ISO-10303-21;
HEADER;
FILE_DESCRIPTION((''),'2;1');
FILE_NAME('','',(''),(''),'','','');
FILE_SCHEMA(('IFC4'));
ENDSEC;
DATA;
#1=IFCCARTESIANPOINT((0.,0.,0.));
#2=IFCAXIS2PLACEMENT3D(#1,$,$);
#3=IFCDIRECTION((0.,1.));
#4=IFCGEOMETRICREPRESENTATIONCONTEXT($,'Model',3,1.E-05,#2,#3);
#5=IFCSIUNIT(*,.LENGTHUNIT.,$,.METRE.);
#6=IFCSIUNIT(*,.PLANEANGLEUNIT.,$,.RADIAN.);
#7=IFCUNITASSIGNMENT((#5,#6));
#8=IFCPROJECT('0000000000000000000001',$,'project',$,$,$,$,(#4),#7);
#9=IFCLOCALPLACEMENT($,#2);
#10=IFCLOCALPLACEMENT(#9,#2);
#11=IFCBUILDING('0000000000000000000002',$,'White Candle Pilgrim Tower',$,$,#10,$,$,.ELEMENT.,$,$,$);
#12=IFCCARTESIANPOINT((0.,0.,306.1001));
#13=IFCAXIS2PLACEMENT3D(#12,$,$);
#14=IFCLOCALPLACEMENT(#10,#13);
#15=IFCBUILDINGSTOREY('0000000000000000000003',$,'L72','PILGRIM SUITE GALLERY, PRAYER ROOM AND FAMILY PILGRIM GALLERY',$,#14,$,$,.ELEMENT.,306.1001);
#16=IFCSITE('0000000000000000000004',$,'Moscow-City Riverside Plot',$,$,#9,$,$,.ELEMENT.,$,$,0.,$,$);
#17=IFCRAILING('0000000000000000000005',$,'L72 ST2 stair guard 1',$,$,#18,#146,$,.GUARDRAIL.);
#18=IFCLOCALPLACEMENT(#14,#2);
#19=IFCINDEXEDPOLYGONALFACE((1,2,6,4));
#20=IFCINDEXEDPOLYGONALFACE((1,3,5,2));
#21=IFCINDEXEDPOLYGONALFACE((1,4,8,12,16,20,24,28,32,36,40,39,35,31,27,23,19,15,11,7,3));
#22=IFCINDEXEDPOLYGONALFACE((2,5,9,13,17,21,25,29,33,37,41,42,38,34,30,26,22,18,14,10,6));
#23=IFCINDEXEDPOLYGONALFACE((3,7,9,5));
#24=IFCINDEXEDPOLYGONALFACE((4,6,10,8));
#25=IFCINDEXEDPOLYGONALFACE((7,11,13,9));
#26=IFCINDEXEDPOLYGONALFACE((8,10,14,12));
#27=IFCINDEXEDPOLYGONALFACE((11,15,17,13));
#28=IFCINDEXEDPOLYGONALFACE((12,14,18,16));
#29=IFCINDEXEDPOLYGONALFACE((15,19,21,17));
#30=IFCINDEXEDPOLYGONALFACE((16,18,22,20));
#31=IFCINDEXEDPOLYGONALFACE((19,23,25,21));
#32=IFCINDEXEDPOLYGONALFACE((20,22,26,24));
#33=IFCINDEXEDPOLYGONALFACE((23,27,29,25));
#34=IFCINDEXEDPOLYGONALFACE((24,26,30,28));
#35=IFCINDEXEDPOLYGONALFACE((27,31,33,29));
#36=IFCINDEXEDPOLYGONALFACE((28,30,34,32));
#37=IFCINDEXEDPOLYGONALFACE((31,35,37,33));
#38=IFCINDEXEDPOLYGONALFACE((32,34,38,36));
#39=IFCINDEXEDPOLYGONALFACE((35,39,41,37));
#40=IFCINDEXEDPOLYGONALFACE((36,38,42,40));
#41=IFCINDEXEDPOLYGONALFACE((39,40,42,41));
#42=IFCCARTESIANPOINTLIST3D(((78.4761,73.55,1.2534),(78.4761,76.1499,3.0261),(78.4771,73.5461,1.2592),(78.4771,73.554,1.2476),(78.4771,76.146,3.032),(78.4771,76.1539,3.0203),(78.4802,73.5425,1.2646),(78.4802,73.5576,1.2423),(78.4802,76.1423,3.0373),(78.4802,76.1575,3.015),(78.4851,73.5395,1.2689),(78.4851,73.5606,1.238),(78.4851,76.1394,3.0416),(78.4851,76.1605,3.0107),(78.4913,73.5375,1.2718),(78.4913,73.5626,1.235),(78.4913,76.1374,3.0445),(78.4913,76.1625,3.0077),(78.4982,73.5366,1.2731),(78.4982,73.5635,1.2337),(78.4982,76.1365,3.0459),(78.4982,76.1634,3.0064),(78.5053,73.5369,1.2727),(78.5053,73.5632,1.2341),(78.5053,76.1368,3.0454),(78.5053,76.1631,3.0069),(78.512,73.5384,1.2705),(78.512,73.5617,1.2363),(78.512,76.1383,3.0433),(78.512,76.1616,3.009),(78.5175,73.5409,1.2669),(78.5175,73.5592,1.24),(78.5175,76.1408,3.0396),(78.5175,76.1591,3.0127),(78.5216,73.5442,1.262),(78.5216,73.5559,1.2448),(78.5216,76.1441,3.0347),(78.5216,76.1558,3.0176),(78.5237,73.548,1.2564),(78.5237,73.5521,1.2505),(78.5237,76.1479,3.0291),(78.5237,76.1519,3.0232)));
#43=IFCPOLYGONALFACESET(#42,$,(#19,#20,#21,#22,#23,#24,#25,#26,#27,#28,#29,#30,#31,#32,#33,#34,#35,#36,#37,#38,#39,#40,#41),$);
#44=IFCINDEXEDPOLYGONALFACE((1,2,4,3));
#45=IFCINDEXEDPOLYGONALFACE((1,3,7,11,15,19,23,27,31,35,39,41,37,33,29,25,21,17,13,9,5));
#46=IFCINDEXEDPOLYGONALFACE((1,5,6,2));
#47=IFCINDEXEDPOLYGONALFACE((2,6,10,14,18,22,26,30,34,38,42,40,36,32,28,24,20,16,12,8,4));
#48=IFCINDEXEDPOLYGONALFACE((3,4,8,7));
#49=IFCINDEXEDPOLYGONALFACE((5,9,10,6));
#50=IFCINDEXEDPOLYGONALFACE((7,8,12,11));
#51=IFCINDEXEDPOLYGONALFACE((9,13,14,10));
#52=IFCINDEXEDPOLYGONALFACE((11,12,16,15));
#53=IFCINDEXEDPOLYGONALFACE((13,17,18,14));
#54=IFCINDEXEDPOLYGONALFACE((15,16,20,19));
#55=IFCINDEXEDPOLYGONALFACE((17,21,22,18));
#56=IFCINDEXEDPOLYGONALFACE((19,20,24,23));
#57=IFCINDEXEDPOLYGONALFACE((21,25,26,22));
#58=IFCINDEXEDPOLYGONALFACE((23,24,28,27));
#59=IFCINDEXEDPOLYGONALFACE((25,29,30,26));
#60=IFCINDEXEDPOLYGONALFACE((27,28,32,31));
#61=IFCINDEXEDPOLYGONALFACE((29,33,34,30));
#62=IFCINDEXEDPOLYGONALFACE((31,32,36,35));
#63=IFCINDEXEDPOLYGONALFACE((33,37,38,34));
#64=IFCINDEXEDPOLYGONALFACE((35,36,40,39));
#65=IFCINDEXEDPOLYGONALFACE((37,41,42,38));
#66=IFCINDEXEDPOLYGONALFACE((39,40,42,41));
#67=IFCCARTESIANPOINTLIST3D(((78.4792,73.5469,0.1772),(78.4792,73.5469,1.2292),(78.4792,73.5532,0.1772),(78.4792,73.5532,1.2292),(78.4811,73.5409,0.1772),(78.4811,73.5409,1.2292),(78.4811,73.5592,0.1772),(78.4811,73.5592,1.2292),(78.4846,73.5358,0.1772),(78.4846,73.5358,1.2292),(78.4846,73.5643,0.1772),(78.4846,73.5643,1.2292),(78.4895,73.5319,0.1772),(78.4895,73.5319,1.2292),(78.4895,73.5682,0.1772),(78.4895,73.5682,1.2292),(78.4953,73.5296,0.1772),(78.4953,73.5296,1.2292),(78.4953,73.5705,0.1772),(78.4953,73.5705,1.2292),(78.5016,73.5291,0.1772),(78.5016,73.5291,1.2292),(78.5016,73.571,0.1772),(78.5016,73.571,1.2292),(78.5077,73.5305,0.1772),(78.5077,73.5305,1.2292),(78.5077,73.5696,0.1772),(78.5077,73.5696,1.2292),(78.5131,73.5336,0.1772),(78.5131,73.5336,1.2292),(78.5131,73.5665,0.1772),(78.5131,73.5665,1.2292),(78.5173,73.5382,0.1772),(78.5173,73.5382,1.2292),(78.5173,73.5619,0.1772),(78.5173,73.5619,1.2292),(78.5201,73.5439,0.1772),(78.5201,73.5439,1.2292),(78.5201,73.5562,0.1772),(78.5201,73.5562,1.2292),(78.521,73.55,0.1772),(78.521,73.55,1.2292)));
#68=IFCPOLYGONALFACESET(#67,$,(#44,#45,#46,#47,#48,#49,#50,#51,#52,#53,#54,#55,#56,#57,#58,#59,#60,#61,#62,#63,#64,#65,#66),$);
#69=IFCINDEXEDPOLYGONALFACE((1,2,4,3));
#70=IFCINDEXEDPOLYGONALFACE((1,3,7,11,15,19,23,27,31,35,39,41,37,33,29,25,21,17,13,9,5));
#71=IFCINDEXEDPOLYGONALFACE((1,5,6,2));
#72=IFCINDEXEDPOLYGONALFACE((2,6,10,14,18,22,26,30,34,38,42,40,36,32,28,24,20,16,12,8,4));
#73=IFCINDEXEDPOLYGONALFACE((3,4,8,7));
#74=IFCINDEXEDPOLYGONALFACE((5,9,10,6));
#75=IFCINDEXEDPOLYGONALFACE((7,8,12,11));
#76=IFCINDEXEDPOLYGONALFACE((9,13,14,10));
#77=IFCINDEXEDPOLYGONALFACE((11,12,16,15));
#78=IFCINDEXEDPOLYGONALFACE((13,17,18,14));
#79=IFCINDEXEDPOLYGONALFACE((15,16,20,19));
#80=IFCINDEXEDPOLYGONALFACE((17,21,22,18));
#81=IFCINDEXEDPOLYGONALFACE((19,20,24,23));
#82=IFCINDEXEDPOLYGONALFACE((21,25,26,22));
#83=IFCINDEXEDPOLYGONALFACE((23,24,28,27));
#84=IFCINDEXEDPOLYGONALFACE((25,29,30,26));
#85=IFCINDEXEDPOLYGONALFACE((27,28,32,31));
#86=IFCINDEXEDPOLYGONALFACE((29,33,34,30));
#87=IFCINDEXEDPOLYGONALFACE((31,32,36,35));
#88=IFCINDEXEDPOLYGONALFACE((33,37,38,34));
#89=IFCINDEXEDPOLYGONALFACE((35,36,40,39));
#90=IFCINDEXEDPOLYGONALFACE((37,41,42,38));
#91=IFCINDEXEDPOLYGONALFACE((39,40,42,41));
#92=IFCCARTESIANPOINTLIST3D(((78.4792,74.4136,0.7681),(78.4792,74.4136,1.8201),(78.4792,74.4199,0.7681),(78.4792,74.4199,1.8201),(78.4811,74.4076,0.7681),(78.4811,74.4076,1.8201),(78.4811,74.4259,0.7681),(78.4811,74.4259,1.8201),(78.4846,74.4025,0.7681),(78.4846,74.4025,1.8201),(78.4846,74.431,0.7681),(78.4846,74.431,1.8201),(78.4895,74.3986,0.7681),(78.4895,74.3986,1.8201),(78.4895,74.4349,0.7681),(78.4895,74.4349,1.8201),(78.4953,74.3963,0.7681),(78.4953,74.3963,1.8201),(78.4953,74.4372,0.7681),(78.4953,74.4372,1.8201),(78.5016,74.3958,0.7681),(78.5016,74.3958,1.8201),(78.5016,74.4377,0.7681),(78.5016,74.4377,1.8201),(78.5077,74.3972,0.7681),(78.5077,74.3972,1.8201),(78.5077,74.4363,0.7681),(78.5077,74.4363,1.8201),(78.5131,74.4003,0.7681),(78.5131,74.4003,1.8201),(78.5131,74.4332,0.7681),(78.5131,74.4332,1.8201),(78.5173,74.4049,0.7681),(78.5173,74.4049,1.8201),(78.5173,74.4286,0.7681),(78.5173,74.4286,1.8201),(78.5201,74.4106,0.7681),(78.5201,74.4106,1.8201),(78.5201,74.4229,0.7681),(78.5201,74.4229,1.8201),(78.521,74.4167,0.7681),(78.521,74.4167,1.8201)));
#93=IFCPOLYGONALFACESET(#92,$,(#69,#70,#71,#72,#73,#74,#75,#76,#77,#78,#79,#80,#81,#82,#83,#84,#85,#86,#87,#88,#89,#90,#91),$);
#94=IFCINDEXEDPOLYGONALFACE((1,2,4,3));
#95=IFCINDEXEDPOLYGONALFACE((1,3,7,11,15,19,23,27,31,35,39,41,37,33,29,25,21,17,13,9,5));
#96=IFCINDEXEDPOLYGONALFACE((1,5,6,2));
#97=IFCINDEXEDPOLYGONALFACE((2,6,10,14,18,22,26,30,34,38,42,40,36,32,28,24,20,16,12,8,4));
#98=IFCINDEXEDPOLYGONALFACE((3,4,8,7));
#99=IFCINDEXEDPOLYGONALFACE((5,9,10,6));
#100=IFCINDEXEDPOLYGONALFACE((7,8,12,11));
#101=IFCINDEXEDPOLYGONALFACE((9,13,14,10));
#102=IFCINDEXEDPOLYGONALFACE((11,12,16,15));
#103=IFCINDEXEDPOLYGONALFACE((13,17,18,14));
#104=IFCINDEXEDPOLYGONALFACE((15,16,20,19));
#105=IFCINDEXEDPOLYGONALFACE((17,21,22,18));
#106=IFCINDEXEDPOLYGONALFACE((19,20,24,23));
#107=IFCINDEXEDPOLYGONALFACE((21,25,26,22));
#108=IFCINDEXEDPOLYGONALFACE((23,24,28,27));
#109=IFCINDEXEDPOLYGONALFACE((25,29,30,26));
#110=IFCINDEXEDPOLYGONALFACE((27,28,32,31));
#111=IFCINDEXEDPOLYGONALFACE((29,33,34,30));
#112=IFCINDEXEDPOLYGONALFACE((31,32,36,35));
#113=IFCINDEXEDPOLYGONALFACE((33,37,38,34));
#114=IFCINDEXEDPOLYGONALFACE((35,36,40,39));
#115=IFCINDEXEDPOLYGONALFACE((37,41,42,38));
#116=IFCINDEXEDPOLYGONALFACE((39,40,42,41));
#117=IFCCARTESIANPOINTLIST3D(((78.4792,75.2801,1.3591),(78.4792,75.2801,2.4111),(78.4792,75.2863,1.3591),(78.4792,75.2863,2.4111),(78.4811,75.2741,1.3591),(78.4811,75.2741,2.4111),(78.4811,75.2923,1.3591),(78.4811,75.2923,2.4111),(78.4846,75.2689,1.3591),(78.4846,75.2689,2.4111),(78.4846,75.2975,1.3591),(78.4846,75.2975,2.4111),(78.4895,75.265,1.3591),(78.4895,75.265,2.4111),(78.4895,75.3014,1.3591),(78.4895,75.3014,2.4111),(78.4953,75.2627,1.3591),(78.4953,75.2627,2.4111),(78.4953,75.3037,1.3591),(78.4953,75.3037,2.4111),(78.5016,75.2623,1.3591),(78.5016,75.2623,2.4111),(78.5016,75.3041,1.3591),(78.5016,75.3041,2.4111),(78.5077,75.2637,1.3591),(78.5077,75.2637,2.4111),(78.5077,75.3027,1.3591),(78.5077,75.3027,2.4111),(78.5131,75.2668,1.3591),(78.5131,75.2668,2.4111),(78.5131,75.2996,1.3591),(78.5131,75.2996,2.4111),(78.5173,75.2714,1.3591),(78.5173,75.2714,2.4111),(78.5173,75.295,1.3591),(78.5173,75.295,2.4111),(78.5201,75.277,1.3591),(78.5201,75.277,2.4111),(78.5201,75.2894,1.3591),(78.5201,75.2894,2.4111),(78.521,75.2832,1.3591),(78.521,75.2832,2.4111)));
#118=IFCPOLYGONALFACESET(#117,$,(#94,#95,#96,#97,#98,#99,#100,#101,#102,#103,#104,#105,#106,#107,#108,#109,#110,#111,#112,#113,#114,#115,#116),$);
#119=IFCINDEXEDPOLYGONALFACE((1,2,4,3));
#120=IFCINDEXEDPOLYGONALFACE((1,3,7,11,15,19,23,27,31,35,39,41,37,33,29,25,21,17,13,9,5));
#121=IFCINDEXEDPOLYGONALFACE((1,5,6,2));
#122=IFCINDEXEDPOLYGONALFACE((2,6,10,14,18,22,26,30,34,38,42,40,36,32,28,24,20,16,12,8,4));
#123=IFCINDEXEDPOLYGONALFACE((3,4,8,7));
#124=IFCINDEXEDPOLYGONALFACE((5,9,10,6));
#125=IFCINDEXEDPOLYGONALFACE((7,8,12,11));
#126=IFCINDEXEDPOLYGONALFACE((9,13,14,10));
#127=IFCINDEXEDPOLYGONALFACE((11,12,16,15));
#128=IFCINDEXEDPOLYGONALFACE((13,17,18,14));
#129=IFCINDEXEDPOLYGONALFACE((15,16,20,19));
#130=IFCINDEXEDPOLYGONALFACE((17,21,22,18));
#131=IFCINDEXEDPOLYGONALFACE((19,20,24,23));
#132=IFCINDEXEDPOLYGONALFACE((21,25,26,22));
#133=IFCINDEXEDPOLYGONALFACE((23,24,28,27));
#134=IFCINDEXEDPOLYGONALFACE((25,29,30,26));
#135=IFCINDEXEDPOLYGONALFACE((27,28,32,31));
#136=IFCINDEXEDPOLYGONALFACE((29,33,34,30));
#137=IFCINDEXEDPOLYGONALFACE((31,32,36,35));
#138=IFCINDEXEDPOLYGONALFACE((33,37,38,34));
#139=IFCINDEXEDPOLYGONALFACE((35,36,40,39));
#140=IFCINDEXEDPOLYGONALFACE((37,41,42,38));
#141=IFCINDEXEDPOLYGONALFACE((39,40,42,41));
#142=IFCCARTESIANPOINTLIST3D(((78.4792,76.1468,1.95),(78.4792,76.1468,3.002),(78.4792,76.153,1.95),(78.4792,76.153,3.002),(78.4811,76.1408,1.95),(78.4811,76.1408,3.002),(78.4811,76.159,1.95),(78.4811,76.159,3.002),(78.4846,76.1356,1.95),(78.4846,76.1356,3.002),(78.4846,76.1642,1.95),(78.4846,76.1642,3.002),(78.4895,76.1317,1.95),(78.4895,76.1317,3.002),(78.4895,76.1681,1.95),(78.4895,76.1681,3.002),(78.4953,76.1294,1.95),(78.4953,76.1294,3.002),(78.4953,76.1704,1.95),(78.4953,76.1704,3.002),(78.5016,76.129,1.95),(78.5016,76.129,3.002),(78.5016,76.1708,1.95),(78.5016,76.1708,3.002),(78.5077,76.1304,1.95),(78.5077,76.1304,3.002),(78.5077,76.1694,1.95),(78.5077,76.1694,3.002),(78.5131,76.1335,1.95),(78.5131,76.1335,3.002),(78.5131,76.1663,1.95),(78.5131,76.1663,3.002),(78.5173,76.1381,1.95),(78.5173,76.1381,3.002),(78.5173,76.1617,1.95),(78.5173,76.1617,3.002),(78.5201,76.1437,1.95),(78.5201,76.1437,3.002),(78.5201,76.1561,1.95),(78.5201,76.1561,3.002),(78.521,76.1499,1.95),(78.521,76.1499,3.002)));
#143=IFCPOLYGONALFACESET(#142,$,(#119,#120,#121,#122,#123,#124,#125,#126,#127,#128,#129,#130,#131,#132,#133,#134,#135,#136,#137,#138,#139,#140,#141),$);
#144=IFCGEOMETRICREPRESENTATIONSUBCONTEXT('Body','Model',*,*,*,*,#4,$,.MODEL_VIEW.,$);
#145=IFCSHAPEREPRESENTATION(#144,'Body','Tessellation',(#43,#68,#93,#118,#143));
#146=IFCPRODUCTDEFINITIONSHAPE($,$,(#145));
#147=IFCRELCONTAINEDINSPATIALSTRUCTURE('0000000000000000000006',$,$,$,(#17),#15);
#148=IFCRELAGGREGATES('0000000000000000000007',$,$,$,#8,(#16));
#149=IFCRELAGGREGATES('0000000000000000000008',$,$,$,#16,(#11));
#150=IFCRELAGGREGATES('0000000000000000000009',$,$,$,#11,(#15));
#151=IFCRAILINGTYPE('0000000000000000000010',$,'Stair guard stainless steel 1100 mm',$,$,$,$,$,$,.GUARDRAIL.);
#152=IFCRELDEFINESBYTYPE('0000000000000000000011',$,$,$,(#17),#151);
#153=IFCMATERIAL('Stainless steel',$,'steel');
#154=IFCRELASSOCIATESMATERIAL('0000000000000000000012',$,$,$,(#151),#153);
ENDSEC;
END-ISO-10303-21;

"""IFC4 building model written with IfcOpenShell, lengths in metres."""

from ifc_helpers import new_model, si_unit, direction, frame, origin, origin_2d, place, context, subcontext, project, spatial, circle, extrude, material, type_object, element, save


model = new_model("IFC4")

# Units and contexts
model_context = context("Model", 3, precision=1e-05, world=origin(), true_north=direction((0.0, 1.0)))
body_context = subcontext(model_context, "Body", "Model", "MODEL_VIEW")
ifc_project = project(units=[si_unit("LENGTHUNIT", "METRE"), si_unit("PLANEANGLEUNIT", "RADIAN")], contexts=[model_context])

# Site, building, storey
site_placement = place(None, origin())
site = spatial("IfcSite", under=ifc_project, at=site_placement, Name="Moscow-City Riverside Plot", CompositionType="ELEMENT", RefElevation=0.0)
building_placement = place(site_placement, origin())
building = spatial("IfcBuilding", under=site, at=building_placement, Name="White Candle Pilgrim Tower", CompositionType="ELEMENT")
storey_placement = place(building_placement, frame((0.0, 0.0, 306.1001)))
storey = spatial("IfcBuildingStorey", under=building, at=storey_placement, Name="L72", Description="PILGRIM SUITE GALLERY, PRAYER ROOM AND FAMILY PILGRIM GALLERY", CompositionType="ELEMENT", Elevation=306.1001)

# Railing
ifc_material_1 = material(Name="Stainless steel", Category="steel")
railing_type_1 = type_object("IfcRailingType", Name="Stair guard stainless steel 1100 mm", PredefinedType="GUARDRAIL", material=ifc_material_1)
railing_1_placement = place(storey_placement, frame((78.5, 73.55, 0.1772)))
element("IfcRailing", 1, at=railing_1_placement, inside=storey, type_object=railing_type_1, Name="L72 ST2 stair guard 1", PredefinedType="GUARDRAIL", context=body_context, shape_type="SweptSolid", body=[
    extrude(circle(Radius=0.0239, at=origin_2d()), frame((0.0, 0.0, 1.0762), z_axis=(0.0, 0.826216, 0.563354), x_axis=(-1.0, 0.0, 0.0)), (0.0, 0.0, 1.0), 3.1467),
    extrude(circle(Radius=0.021, at=origin_2d()), origin(), (0.0, 0.0, 1.0), 1.052),
    extrude(circle(Radius=0.021, at=origin_2d()), frame((0.0, 0.8667, 0.5908)), (0.0, 0.0, 1.0), 1.052),
    extrude(circle(Radius=0.021, at=origin_2d()), frame((0.0, 1.7332, 1.1819)), (0.0, 0.0, 1.0), 1.052),
    extrude(circle(Radius=0.021, at=origin_2d()), frame((0.0, 2.5999, 1.7727)), (0.0, 0.0, 1.0), 1.052),
])

save(model, "model.ifc")
